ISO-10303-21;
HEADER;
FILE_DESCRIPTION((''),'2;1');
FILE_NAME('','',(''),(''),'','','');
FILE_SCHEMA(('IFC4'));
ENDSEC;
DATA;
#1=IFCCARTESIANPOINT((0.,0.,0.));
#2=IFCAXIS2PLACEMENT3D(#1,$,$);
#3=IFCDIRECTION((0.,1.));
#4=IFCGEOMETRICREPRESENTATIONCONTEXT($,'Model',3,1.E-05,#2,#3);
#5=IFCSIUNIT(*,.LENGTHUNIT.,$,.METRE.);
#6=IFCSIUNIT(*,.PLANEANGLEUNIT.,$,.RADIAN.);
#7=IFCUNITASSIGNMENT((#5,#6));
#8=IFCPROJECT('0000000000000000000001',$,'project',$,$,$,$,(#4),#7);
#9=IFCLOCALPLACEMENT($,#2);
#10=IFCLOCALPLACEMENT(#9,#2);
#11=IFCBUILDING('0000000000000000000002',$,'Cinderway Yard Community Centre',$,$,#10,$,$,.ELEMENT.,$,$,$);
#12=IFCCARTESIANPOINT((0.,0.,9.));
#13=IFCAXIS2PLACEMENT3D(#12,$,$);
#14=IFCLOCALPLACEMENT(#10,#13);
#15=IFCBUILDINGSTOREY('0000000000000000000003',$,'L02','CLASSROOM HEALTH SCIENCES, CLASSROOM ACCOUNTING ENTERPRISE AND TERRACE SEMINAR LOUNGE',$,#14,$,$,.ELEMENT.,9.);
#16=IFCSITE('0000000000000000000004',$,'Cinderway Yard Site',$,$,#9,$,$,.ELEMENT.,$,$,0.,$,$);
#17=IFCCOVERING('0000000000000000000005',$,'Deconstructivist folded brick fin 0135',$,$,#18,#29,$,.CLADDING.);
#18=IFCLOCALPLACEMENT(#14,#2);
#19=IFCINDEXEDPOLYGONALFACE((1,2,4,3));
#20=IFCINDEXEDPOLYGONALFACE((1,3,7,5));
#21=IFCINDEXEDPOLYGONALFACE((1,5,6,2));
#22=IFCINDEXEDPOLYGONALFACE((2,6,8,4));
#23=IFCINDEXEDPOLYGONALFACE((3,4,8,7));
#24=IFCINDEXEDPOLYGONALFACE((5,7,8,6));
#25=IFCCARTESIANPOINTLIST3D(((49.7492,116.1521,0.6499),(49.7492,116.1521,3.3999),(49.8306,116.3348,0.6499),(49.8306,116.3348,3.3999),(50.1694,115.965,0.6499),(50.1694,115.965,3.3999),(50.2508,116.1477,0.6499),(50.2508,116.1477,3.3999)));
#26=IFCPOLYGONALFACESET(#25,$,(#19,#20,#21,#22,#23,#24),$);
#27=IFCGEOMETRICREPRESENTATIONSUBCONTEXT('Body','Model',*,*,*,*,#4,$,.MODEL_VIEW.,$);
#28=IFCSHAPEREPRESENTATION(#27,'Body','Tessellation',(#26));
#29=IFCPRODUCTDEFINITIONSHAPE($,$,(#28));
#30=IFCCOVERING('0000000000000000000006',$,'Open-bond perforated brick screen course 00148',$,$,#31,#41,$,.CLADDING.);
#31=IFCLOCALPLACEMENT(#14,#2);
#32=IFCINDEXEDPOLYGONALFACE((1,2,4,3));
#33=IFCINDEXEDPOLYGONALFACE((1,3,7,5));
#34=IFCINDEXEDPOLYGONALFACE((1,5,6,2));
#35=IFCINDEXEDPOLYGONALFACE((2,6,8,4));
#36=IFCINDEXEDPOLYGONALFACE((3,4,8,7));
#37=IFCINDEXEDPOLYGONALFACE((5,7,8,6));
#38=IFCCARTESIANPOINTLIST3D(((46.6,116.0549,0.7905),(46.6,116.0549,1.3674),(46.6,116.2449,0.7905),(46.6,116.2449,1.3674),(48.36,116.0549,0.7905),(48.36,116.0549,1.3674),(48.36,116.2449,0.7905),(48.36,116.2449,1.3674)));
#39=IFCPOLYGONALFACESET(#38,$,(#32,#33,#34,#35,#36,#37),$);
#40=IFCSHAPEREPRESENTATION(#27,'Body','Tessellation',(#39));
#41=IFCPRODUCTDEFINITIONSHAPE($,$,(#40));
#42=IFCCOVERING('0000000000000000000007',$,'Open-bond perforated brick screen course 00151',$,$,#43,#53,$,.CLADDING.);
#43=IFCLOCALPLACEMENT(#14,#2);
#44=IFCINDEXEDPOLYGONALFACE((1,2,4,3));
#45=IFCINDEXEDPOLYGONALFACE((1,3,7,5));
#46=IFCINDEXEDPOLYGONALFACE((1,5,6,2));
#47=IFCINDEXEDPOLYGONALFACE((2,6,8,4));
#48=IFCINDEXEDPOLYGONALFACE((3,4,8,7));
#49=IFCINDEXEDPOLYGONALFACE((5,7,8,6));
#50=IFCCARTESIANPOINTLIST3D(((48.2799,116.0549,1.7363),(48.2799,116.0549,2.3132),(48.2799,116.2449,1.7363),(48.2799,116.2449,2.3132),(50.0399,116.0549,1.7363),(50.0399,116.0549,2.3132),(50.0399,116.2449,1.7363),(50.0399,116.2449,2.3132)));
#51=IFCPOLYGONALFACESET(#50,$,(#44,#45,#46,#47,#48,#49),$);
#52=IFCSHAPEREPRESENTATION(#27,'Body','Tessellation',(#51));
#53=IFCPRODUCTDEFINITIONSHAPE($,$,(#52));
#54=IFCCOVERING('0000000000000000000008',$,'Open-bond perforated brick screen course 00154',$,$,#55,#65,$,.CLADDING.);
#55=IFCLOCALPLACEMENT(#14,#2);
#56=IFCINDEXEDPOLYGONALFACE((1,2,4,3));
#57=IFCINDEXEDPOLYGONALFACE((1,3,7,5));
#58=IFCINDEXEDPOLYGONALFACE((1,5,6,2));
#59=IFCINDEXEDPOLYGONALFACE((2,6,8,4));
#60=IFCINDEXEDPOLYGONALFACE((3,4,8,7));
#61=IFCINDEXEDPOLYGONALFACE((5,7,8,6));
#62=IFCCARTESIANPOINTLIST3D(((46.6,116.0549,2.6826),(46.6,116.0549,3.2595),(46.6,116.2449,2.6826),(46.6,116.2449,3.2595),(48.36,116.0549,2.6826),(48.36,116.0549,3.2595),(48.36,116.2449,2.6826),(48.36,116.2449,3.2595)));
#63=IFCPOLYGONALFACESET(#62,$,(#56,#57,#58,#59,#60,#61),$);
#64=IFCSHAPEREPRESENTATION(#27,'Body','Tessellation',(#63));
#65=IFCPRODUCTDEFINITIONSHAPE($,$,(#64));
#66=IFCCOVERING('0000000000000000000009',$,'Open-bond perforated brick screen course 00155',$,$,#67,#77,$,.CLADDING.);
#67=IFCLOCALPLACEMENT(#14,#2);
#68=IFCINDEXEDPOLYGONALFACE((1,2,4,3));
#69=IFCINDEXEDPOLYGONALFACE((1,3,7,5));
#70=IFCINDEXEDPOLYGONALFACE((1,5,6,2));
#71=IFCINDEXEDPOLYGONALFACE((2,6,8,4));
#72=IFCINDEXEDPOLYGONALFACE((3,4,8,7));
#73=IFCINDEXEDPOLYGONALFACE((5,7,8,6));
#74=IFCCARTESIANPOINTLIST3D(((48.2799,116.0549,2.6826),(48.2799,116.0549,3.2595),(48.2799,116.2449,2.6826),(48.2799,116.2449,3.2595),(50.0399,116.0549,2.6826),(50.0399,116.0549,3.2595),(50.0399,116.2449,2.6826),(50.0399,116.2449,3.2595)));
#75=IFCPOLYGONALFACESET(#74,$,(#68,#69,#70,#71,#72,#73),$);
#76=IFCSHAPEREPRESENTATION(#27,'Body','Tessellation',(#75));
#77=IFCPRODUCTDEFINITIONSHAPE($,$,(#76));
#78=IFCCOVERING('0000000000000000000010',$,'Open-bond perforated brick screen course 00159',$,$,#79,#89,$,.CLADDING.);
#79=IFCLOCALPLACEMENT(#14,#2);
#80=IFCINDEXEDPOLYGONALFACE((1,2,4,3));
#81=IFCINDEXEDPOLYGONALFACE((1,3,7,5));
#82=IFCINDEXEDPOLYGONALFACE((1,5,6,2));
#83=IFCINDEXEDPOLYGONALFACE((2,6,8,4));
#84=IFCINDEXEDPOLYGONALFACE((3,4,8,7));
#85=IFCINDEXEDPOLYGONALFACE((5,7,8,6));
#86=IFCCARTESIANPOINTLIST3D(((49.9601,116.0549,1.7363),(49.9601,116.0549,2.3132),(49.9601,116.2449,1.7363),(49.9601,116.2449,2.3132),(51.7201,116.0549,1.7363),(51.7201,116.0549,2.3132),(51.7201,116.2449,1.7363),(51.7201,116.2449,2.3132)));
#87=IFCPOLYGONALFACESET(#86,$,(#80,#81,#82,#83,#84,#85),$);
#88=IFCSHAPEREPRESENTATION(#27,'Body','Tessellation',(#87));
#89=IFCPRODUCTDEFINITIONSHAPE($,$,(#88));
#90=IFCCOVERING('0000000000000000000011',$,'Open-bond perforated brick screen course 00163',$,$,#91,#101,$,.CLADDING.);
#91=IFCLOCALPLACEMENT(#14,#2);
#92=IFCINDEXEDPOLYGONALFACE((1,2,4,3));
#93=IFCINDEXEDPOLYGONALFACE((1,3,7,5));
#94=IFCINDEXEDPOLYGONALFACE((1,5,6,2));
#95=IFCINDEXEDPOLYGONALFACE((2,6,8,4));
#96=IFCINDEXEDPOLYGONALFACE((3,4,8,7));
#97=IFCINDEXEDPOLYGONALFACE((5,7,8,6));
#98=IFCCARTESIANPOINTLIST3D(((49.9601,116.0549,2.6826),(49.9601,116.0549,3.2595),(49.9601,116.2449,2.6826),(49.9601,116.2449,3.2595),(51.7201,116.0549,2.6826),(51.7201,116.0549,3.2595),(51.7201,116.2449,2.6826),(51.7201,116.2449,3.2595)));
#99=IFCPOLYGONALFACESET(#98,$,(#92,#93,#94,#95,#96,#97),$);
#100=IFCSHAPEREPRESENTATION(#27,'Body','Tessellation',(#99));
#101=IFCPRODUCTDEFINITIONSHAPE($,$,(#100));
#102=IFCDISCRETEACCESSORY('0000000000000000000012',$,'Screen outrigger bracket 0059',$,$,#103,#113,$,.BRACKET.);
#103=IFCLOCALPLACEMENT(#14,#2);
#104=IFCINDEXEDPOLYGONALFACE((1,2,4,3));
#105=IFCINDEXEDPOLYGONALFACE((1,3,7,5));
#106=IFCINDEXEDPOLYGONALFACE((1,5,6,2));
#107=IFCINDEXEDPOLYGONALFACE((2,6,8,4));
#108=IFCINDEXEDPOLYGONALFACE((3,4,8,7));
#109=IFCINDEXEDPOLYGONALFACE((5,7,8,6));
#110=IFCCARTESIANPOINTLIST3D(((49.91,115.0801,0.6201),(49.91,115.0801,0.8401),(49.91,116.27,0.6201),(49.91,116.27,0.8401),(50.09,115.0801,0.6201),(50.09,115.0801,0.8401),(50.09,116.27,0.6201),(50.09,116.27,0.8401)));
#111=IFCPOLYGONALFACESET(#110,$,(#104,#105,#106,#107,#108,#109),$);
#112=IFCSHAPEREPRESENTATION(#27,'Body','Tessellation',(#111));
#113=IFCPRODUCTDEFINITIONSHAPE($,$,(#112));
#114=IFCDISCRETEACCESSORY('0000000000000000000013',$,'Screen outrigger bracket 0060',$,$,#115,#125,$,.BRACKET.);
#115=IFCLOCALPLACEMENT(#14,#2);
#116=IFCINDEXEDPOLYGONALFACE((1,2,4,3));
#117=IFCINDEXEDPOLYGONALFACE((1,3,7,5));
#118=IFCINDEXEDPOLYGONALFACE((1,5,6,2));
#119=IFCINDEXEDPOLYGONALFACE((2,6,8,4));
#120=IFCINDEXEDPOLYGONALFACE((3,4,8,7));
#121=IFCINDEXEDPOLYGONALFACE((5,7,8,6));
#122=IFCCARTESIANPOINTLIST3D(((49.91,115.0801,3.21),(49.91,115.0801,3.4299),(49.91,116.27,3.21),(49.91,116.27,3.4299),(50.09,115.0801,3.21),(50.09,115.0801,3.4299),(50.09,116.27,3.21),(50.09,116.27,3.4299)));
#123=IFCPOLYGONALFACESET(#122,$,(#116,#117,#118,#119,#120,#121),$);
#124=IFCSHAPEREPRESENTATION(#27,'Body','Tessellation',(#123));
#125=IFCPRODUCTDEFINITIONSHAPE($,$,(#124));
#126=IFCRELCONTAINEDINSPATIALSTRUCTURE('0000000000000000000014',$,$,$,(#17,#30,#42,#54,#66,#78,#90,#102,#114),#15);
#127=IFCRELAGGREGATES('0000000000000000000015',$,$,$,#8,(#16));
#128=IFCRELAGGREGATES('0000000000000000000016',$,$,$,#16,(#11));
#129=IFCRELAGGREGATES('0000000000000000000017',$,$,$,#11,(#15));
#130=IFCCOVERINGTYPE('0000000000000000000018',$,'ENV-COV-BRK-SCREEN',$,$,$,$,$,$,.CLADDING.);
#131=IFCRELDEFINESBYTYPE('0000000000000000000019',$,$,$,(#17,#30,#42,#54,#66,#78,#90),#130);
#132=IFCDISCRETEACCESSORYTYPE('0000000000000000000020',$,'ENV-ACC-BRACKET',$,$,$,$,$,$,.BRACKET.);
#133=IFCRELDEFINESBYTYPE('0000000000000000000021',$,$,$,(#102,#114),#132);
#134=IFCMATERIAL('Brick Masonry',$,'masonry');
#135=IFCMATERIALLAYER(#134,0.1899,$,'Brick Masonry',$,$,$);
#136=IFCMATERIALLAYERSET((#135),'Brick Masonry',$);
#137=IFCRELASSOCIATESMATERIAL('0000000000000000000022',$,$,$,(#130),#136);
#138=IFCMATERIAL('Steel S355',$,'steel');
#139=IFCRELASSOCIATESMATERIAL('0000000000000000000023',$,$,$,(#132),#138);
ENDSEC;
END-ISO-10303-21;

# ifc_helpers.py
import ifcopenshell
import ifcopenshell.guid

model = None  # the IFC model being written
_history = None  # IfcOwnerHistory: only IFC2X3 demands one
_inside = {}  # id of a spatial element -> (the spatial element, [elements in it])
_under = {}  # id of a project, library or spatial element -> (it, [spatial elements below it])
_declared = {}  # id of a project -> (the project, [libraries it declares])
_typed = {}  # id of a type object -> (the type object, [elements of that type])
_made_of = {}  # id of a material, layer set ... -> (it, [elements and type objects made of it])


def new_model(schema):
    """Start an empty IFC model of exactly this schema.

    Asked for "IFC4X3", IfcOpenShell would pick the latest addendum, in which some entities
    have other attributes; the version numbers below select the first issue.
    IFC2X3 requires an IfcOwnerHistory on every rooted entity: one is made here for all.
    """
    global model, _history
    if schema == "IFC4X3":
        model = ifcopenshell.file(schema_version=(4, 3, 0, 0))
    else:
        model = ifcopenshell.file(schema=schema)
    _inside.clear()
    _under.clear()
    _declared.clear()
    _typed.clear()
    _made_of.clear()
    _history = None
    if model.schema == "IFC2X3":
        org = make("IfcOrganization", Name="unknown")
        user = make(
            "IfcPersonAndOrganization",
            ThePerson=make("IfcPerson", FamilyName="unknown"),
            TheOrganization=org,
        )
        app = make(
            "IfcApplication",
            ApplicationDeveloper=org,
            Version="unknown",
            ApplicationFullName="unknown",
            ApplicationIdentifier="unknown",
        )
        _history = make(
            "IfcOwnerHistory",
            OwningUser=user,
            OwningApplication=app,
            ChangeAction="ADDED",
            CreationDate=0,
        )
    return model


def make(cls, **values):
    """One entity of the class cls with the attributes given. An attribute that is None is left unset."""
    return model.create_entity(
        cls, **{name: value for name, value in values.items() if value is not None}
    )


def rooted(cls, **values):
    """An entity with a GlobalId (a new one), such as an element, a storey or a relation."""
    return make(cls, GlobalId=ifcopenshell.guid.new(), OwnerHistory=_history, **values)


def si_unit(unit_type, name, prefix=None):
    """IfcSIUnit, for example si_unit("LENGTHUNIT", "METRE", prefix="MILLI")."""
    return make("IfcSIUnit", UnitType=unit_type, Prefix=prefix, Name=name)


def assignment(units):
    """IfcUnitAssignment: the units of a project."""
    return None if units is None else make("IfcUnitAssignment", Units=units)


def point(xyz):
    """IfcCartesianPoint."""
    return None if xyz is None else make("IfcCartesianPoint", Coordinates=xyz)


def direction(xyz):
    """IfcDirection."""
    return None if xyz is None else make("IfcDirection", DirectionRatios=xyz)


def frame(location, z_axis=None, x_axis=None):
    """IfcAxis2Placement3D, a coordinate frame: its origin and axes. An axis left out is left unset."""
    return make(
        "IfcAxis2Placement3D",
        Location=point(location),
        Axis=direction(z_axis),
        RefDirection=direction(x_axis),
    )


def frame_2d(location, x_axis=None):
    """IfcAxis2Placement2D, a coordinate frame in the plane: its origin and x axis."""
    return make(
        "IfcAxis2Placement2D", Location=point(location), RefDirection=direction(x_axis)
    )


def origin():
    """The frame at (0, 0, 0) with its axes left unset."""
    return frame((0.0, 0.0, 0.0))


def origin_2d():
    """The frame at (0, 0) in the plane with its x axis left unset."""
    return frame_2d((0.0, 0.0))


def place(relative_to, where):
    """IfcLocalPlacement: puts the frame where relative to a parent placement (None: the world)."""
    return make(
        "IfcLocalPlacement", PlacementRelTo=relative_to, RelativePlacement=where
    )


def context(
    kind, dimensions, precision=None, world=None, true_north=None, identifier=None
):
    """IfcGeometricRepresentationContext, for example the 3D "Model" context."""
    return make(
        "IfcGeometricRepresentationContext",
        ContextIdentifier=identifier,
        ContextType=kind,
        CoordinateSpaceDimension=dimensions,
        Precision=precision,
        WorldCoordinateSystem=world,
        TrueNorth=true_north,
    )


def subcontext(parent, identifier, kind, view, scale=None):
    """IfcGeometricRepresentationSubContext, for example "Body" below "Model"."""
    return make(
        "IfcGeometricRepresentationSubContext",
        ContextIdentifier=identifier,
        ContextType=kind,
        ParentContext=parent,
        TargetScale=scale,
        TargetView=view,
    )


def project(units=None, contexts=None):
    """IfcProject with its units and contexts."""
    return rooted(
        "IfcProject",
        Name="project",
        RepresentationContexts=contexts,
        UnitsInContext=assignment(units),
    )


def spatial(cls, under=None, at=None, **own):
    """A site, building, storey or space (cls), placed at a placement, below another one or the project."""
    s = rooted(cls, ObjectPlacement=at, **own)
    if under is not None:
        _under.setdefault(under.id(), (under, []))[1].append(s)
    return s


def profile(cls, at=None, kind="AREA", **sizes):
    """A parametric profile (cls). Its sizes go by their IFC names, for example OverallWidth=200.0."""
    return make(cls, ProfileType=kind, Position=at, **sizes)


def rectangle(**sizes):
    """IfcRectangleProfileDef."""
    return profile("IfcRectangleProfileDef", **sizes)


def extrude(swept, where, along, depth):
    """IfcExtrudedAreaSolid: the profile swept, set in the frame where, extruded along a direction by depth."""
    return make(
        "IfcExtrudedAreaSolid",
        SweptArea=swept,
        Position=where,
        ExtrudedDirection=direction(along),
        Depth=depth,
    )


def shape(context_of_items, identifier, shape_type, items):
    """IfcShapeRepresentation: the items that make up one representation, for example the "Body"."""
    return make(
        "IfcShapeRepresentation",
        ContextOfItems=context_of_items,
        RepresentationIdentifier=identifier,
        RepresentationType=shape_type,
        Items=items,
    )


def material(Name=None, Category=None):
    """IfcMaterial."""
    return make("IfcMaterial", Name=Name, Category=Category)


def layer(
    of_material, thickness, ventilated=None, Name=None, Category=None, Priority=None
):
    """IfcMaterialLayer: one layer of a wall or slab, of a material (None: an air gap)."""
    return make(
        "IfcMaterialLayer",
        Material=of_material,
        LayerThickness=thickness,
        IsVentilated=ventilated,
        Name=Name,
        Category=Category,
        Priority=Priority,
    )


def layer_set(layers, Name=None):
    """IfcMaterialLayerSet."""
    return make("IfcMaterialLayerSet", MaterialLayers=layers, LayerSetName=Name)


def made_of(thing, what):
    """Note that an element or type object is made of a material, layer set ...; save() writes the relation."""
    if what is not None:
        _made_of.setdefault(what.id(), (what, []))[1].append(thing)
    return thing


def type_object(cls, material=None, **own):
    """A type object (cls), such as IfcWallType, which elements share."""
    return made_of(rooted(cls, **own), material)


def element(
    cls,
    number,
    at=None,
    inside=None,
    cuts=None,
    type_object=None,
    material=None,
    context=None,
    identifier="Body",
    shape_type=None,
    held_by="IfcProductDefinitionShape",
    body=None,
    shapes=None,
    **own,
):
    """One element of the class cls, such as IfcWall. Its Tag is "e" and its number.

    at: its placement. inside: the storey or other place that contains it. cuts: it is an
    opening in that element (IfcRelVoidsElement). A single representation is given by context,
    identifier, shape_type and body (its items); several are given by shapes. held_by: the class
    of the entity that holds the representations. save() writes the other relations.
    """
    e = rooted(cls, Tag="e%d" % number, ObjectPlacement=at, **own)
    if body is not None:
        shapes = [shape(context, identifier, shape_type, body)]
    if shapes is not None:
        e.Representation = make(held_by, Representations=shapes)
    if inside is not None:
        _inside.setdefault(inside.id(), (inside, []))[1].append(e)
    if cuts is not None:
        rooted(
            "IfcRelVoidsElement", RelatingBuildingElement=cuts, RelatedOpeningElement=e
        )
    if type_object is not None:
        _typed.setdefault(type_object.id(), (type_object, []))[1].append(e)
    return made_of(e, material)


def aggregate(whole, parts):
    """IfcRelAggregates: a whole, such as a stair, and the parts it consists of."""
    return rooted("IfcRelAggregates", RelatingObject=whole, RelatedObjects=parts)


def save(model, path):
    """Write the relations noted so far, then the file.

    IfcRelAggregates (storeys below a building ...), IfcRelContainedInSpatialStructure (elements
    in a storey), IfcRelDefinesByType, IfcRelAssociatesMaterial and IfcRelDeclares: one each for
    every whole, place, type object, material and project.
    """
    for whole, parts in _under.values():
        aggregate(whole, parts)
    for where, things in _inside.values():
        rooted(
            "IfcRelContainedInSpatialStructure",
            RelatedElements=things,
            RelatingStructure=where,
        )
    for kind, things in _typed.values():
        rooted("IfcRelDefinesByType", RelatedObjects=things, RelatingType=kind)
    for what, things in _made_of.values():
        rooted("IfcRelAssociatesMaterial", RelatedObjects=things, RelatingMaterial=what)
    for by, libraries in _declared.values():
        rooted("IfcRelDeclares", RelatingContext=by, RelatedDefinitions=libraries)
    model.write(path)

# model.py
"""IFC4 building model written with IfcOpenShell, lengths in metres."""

from ifc_helpers import new_model, si_unit, direction, frame, origin, origin_2d, place, context, subcontext, project, spatial, rectangle, extrude, material, layer, layer_set, type_object, element, save


model = new_model("IFC4")

# Units and contexts
model_context = context("Model", 3, precision=1e-05, world=origin(), true_north=direction((0.0, 1.0)))
body_context = subcontext(model_context, "Body", "Model", "MODEL_VIEW")
ifc_project = project(units=[si_unit("LENGTHUNIT", "METRE"), si_unit("PLANEANGLEUNIT", "RADIAN")], contexts=[model_context])

# Site, building, storey
site_placement = place(None, origin())
site = spatial("IfcSite", under=ifc_project, at=site_placement, Name="Cinderway Yard Site", CompositionType="ELEMENT", RefElevation=0.0)
building_placement = place(site_placement, origin())
building = spatial("IfcBuilding", under=site, at=building_placement, Name="Cinderway Yard Community Centre", CompositionType="ELEMENT")
storey_placement = place(building_placement, frame((0.0, 0.0, 9.0)))
storey = spatial("IfcBuildingStorey", under=building, at=storey_placement, Name="L02", Description="CLASSROOM HEALTH SCIENCES, CLASSROOM ACCOUNTING ENTERPRISE AND TERRACE SEMINAR LOUNGE", CompositionType="ELEMENT", Elevation=9.0)

# Shared definitions
ifc_material_1 = material(Name="Steel S355", Category="steel")

# Shared definitions
ifc_material_2 = material(Name="Brick Masonry", Category="masonry")

# Coverings
ifc_layer_1 = layer(ifc_material_2, 0.1899, Name="Brick Masonry")
ifc_layer_set_1 = layer_set([ifc_layer_1], Name="Brick Masonry")
covering_type = type_object("IfcCoveringType", Name="ENV-COV-BRK-SCREEN", PredefinedType="CLADDING", material=ifc_layer_set_1)
covering_placement = place(storey_placement, frame((50.0, 116.1499, 0.6499), z_axis=(0.0, 0.0, 1.0), x_axis=(0.913545, -0.406737, 0.0)))
element("IfcCovering", 1, at=covering_placement, inside=storey, type_object=covering_type, Name="Deconstructivist folded brick fin 0135", PredefinedType="CLADDING", context=body_context, shape_type="SweptSolid", body=[
    extrude(rectangle(XDim=0.46, YDim=0.2, at=origin_2d()), origin(), (0.0, 0.0, 1.0), 2.75),
])
for number, where, z_axis, x_axis, name in (
    (2, (47.48, 116.1499, 0.7905), (0.0, 0.0, 1.0), (1.0, 0.0, 0.0), "Open-bond perforated brick screen course 00148"),
    (3, (49.1599, 116.1499, 1.7363), (0.0, 0.0, 1.0), (1.0, 0.0, 0.0), "Open-bond perforated brick screen course 00151"),
    (4, (47.48, 116.1499, 2.6826), (0.0, 0.0, 1.0), (1.0, 0.0, 0.0), "Open-bond perforated brick screen course 00154"),
    (5, (49.1599, 116.1499, 2.6826), (0.0, 0.0, 1.0), (1.0, 0.0, 0.0), "Open-bond perforated brick screen course 00155"),
    (6, (50.8401, 116.1499, 1.7363), (0.0, 0.0, 1.0), (1.0, 0.0, 0.0), "Open-bond perforated brick screen course 00159"),
    (7, (50.8401, 116.1499, 2.6826), (0.0, 0.0, 1.0), (1.0, 0.0, 0.0), "Open-bond perforated brick screen course 00163"),
):
    element("IfcCovering", number, at=place(storey_placement, frame(where, z_axis=z_axis, x_axis=x_axis)), inside=storey, type_object=covering_type, Name=name, PredefinedType="CLADDING", context=body_context, shape_type="SweptSolid", body=[
        extrude(rectangle(XDim=1.76, YDim=0.1899, at=origin_2d()), origin(), (0.0, 0.0, 1.0), 0.5769),
    ])

# Discrete accessories
discrete_accessory_type = type_object("IfcDiscreteAccessoryType", Name="ENV-ACC-BRACKET", PredefinedType="BRACKET", material=ifc_material_1)
for number, where, z_axis, x_axis, name in (
    (8, (50.0, 115.675, 0.6201), (0.0, 0.0, 1.0), (0.0, 1.0, 0.0), "Screen outrigger bracket 0059"),
    (9, (50.0, 115.675, 3.21), (0.0, 0.0, 1.0), (0.0, 1.0, 0.0), "Screen outrigger bracket 0060"),
):
    element("IfcDiscreteAccessory", number, at=place(storey_placement, frame(where, z_axis=z_axis, x_axis=x_axis)), inside=storey, type_object=discrete_accessory_type, Name=name, PredefinedType="BRACKET", context=body_context, shape_type="SweptSolid", body=[
        extrude(rectangle(XDim=1.1899, YDim=0.1799, at=origin_2d()), origin(), (0.0, 0.0, 1.0), 0.22),
    ])

save(model, "model.ifc")
